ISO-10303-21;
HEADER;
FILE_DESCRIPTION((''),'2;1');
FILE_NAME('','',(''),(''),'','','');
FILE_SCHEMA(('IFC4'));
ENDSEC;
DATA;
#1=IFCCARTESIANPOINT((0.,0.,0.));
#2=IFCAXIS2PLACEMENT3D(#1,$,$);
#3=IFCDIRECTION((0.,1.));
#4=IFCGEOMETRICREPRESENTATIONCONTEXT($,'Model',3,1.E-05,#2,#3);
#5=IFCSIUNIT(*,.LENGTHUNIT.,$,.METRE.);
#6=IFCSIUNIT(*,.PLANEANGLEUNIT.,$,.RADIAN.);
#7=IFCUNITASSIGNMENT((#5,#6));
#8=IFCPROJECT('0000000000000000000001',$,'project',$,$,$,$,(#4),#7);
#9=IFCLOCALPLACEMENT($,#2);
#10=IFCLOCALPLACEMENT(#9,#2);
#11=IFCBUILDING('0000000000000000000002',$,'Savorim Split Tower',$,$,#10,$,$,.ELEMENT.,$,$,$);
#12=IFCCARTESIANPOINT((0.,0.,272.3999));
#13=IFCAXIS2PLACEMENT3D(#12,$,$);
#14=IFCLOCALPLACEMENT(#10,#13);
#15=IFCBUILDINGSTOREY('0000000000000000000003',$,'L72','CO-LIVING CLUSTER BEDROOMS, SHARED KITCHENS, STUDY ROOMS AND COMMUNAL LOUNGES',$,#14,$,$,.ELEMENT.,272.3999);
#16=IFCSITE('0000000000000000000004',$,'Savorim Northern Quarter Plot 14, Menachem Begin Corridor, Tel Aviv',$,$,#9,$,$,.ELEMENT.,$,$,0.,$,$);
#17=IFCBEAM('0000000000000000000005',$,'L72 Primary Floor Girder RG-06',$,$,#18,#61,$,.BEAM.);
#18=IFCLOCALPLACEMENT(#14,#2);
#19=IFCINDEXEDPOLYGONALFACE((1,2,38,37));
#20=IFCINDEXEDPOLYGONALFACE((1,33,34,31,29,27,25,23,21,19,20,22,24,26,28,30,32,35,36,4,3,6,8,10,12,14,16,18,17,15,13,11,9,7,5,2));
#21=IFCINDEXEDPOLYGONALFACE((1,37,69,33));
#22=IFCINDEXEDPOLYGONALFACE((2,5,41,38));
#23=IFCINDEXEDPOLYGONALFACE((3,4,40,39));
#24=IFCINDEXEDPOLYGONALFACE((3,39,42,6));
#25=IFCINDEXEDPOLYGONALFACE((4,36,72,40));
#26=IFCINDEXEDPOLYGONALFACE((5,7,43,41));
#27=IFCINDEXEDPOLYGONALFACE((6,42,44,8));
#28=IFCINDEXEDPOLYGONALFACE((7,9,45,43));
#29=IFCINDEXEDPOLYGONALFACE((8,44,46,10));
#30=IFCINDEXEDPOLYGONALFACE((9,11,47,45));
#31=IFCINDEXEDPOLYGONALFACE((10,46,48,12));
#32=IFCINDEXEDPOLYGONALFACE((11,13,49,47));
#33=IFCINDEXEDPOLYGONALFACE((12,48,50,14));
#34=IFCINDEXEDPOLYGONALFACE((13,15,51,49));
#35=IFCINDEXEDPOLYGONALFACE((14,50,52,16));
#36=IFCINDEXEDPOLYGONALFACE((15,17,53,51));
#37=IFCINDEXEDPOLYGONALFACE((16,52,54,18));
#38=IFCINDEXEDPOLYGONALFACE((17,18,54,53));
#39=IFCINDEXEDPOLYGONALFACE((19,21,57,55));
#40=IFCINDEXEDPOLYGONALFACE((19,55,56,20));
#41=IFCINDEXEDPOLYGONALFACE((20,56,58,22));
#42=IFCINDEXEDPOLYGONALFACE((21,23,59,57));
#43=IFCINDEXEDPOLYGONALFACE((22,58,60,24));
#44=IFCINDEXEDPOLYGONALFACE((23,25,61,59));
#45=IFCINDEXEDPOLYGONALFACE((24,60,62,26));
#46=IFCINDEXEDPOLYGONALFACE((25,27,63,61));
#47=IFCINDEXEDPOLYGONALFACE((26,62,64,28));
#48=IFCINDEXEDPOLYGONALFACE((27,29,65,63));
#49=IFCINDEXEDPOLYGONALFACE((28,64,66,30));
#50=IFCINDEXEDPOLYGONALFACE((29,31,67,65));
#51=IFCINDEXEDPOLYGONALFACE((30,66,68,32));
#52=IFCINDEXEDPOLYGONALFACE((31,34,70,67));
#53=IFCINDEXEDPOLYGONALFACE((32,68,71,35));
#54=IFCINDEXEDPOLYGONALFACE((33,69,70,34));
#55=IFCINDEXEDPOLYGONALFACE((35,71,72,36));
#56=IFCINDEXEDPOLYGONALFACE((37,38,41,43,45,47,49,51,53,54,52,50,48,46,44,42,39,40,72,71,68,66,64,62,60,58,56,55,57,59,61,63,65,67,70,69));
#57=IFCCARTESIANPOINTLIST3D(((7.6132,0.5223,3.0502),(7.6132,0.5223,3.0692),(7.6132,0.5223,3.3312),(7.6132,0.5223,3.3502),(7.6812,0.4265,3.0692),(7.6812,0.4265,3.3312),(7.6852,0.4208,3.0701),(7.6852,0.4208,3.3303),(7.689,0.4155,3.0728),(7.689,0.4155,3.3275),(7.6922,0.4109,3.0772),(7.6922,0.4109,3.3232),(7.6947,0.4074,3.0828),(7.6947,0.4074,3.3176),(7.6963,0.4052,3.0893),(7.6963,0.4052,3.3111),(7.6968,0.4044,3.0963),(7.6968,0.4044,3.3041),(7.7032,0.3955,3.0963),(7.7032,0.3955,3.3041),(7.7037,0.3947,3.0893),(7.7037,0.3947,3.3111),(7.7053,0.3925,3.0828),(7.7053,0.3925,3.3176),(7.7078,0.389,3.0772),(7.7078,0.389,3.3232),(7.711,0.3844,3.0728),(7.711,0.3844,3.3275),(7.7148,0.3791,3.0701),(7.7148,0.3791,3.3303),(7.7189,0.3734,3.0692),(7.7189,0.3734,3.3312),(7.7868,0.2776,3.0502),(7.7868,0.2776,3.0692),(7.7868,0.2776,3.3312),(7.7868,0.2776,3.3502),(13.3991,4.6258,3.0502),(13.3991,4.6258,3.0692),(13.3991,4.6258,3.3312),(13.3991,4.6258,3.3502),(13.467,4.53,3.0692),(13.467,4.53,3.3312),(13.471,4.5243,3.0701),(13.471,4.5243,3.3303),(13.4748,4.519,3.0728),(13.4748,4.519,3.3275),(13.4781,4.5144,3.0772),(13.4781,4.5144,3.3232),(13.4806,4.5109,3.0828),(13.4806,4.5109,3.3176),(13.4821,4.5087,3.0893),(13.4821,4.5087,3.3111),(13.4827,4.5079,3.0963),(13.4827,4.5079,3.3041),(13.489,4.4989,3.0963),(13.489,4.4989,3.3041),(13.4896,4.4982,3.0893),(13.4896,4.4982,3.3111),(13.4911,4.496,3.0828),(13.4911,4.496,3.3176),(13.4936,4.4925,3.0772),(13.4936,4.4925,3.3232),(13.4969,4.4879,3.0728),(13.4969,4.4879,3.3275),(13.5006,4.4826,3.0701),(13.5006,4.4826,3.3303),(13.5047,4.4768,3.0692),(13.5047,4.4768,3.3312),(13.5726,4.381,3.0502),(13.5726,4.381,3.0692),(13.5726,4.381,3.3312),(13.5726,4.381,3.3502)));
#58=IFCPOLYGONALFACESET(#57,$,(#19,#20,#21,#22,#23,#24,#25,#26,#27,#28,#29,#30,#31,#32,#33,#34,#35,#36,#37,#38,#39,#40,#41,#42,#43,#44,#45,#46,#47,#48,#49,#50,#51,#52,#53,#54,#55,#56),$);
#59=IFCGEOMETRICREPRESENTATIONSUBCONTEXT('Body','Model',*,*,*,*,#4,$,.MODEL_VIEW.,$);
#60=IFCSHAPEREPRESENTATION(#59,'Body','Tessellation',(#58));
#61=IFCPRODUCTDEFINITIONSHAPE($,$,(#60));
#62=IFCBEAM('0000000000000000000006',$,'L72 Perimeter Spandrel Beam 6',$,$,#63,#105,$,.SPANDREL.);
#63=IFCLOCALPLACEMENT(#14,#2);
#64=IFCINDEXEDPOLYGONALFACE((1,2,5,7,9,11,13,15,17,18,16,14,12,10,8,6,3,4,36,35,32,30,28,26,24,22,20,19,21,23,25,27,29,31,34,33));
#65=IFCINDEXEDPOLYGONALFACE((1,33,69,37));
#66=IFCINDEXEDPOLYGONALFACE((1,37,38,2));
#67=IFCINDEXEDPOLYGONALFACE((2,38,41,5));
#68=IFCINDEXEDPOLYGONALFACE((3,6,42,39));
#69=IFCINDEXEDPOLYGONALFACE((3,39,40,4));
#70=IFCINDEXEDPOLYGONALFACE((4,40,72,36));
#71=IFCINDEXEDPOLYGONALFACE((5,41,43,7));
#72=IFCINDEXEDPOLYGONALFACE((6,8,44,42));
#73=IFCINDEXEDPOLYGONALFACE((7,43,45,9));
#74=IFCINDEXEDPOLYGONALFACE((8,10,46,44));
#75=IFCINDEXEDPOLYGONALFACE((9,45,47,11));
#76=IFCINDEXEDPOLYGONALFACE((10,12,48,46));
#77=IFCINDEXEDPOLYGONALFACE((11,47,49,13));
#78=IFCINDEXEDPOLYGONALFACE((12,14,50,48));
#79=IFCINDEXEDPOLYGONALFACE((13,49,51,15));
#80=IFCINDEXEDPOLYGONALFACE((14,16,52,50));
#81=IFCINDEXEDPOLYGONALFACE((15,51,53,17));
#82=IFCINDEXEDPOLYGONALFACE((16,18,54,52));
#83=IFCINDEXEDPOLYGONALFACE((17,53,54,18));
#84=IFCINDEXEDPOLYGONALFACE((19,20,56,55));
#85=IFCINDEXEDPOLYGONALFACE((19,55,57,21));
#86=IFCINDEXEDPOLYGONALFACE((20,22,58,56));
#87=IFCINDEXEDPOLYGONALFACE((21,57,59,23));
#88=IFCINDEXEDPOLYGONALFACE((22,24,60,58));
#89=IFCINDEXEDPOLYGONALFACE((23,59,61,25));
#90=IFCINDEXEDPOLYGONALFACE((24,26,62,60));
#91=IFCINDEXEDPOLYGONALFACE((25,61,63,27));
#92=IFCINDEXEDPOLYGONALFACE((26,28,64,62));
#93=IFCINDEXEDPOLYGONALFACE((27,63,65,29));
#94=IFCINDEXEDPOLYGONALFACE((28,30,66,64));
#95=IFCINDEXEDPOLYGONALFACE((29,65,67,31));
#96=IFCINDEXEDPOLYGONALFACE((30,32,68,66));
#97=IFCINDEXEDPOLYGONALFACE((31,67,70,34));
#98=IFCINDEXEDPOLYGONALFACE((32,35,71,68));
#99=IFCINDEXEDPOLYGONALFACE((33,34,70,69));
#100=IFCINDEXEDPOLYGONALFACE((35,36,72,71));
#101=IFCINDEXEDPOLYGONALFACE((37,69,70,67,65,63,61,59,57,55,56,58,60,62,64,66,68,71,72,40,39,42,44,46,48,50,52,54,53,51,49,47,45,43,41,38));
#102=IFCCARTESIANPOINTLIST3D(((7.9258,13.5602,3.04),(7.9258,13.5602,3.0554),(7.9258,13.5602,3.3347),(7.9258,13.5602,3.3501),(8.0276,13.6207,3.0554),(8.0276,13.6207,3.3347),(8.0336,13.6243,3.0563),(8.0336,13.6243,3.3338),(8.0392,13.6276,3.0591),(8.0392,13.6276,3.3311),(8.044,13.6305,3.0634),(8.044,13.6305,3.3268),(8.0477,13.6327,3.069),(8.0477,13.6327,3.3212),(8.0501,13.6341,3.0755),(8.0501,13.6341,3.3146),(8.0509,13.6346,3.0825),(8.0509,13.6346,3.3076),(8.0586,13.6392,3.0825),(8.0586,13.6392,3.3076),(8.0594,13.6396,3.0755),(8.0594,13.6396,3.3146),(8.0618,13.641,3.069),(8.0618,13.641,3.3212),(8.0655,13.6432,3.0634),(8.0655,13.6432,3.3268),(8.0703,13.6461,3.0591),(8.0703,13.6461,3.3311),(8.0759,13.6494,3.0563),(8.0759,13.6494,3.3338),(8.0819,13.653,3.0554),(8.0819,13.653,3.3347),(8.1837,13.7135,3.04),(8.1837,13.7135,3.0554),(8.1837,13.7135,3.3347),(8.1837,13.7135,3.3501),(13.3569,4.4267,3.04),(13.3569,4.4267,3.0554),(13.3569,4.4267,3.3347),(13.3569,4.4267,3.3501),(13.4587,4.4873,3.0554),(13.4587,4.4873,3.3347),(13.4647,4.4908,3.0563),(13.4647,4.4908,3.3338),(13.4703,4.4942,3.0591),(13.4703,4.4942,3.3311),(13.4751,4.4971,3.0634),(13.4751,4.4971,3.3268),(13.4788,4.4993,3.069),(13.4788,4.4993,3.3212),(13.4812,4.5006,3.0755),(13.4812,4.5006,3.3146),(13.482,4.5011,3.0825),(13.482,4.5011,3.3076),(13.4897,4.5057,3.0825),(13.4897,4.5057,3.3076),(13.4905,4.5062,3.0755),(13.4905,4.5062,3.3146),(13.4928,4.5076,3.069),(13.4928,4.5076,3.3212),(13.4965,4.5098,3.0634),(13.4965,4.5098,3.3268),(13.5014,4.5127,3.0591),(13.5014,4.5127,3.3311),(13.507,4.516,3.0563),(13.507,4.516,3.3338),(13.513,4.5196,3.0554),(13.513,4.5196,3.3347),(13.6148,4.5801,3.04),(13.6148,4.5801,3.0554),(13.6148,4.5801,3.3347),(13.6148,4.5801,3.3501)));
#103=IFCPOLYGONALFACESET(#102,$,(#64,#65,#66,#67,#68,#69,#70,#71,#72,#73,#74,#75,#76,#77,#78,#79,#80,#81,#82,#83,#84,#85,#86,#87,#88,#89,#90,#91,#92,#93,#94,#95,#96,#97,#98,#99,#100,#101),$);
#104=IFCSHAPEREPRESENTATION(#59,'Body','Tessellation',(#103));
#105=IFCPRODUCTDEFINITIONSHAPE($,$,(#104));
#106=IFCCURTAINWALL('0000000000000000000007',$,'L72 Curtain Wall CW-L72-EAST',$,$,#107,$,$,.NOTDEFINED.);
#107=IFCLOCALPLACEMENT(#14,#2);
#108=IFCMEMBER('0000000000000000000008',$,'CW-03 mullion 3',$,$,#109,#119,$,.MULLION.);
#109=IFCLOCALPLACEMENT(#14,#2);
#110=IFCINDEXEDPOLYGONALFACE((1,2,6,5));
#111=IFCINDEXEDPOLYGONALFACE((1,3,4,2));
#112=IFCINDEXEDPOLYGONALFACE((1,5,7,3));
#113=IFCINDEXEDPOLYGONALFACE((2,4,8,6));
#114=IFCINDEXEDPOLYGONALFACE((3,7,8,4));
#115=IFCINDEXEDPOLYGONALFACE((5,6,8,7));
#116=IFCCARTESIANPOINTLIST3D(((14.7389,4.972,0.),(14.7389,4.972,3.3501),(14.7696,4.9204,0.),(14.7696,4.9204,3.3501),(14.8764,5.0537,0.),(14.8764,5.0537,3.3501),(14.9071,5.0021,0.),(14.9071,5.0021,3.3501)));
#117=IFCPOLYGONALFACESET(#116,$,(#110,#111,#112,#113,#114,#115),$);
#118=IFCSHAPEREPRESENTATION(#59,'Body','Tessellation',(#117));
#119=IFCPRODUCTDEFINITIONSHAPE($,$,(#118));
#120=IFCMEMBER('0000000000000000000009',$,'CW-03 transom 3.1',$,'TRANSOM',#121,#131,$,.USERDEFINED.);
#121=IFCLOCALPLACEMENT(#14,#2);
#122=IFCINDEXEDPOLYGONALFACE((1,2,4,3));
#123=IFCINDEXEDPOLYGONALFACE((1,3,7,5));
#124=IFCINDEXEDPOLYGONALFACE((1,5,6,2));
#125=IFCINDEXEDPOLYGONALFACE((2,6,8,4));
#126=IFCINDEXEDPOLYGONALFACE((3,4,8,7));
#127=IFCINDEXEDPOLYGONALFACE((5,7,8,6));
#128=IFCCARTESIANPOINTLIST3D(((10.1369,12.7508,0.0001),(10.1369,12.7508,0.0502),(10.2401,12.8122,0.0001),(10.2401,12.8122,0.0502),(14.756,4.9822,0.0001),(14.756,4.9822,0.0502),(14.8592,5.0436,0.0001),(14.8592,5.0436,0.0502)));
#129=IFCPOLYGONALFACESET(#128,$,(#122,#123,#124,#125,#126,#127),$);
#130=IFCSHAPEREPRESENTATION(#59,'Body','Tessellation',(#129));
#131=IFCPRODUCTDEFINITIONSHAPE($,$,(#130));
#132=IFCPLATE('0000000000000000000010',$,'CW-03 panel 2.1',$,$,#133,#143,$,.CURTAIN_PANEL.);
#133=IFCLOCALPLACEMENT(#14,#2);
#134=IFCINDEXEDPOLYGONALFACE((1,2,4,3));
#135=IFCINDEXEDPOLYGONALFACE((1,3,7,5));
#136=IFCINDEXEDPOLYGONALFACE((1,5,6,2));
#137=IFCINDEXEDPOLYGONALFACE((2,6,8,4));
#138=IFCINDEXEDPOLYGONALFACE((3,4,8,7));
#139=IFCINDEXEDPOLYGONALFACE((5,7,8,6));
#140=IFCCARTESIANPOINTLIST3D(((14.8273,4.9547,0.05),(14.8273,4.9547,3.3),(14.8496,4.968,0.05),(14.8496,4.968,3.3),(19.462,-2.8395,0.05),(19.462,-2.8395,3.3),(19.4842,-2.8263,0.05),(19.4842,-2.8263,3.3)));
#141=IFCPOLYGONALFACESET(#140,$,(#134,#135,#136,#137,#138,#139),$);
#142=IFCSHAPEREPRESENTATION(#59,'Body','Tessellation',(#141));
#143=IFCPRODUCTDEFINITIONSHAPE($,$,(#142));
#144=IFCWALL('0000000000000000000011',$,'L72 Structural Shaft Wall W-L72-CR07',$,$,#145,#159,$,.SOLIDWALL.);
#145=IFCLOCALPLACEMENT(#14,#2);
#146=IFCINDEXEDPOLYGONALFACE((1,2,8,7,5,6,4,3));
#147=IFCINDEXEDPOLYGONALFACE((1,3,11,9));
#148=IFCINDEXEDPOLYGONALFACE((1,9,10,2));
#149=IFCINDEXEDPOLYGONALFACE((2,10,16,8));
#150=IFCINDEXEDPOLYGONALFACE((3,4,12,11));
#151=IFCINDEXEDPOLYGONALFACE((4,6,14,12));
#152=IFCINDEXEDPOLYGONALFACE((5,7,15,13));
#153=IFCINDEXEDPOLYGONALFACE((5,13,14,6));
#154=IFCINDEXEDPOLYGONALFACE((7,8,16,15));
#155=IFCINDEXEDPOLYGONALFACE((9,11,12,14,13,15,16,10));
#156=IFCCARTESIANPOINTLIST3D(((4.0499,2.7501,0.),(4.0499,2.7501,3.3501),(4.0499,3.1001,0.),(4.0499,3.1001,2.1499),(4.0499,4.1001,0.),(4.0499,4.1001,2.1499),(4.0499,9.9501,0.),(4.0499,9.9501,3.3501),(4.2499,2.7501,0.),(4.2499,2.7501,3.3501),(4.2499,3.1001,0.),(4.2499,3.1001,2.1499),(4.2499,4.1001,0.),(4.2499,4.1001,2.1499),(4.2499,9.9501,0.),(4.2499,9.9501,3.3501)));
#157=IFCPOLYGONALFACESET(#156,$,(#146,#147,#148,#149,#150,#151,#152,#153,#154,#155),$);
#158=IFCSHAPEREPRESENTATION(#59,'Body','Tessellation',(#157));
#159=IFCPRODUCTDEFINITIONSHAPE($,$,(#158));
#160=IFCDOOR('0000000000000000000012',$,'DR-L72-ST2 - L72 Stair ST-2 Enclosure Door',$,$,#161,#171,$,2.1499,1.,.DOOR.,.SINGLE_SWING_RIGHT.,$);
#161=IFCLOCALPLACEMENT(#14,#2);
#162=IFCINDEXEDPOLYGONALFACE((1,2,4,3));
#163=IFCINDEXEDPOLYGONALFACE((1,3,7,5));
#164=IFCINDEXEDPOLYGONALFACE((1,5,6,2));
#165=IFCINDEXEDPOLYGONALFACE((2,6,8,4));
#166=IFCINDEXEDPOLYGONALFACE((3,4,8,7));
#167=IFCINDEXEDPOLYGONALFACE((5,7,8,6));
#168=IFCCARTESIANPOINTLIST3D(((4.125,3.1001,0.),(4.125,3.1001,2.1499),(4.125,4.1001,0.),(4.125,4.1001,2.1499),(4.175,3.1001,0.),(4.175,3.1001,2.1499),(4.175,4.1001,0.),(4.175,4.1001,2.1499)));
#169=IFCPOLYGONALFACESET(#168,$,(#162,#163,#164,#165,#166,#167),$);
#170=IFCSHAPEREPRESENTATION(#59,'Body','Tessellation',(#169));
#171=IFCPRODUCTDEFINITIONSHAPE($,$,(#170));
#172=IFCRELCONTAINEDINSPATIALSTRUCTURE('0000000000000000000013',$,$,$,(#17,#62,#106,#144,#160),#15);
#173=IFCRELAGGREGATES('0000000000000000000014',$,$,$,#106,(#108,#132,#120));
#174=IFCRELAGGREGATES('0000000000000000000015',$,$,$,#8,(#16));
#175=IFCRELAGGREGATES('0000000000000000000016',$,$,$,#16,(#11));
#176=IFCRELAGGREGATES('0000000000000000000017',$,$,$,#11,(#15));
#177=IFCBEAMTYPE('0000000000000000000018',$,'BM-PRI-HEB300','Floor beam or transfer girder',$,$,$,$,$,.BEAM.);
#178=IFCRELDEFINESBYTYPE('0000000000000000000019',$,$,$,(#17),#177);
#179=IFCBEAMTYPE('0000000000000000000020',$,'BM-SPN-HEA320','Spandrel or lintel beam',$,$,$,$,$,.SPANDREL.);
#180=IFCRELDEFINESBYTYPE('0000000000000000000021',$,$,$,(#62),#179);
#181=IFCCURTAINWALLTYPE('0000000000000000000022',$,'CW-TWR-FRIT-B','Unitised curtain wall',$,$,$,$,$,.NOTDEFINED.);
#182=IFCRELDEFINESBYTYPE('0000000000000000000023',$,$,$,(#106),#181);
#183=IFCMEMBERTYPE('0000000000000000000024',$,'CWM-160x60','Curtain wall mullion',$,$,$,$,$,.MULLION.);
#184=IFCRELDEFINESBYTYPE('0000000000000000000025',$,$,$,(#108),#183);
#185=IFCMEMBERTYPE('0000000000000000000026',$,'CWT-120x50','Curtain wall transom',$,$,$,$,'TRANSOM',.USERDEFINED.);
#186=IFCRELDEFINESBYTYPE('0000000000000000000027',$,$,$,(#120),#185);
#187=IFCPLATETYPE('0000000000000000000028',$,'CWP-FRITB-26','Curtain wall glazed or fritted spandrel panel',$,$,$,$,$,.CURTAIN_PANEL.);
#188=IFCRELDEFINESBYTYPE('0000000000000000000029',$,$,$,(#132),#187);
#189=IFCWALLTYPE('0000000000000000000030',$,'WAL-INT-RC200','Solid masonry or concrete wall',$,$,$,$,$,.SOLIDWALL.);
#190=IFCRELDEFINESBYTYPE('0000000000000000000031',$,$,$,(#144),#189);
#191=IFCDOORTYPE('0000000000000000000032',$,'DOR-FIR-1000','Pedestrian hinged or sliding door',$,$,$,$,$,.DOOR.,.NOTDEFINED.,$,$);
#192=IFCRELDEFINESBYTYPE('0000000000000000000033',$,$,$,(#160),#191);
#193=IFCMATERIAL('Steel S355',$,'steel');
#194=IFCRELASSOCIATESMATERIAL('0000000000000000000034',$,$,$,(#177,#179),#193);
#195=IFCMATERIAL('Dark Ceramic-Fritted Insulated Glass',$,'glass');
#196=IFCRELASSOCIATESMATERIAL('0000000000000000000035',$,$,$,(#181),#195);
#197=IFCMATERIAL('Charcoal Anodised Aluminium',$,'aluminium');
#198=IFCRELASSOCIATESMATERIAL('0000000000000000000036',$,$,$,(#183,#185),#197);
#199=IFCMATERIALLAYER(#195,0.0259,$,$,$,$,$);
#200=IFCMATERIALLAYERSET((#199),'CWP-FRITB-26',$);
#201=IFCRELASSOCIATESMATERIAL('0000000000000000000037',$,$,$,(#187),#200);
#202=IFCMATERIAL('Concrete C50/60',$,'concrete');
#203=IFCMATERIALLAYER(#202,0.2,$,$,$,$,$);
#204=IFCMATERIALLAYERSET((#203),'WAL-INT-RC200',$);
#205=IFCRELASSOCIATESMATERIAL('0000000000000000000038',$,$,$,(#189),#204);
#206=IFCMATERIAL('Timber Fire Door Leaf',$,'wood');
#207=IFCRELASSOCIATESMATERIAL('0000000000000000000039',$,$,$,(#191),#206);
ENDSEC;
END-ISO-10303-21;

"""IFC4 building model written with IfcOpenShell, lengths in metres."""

from ifc_helpers import new_model, si_unit, direction, frame, frame_2d, origin, origin_2d, place, context, subcontext, project, spatial, rectangle, i_section, extrude, material, layer, layer_set, material_profile, profile_set, type_object, element, fill, aggregate, save


model = new_model("IFC4")

# Units and contexts
model_context = context("Model", 3, precision=1e-05, world=origin(), true_north=direction((0.0, 1.0)))
body_context = subcontext(model_context, "Body", "Model", "MODEL_VIEW")
ifc_project = project(units=[si_unit("LENGTHUNIT", "METRE"), si_unit("PLANEANGLEUNIT", "RADIAN")], contexts=[model_context])

# Site, building, storey
site_placement = place(None, origin())
site = spatial("IfcSite", under=ifc_project, at=site_placement, Name="Savorim Northern Quarter Plot 14, Menachem Begin Corridor, Tel Aviv", CompositionType="ELEMENT", RefElevation=0.0)
building_placement = place(site_placement, origin())
building = spatial("IfcBuilding", under=site, at=building_placement, Name="Savorim Split Tower", CompositionType="ELEMENT")
storey_placement = place(building_placement, frame((0.0, 0.0, 272.3999)))
storey = spatial("IfcBuildingStorey", under=building, at=storey_placement, Name="L72", Description="CO-LIVING CLUSTER BEDROOMS, SHARED KITCHENS, STUDY ROOMS AND COMMUNAL LOUNGES", CompositionType="ELEMENT", Elevation=272.3999)

# Shared definitions
ifc_material_1 = material(Name="Steel S355", Category="steel")

# Beams
ifc_material_profile_1 = material_profile(ifc_material_1, i_section(OverallWidth=0.3, OverallDepth=0.3, WebThickness=0.011, FlangeThickness=0.019, FilletRadius=0.0271, at=origin_2d()), Name="HEB 300")
ifc_profile_set_1 = profile_set([ifc_material_profile_1], Name="Steel S355")
beam_type_1 = type_object("IfcBeamType", Name="BM-PRI-HEB300", Description="Floor beam or transfer girder", PredefinedType="BEAM", material=ifc_profile_set_1)
beam_1_placement = place(storey_placement, frame((13.4858, 4.5034, 3.2002), z_axis=(-0.81568, -0.578503, 0.0), x_axis=(0.578503, -0.81568, 0.0)))
element("IfcBeam", 1, at=beam_1_placement, inside=storey, type_object=beam_type_1, Name="L72 Primary Floor Girder RG-06", PredefinedType="BEAM", context=body_context, shape_type="SweptSolid", body=[
    extrude(i_section(OverallWidth=0.3, OverallDepth=0.3, WebThickness=0.011, FlangeThickness=0.019, FilletRadius=0.0271, at=origin_2d()), origin(), (0.0, 0.0, 1.0), 7.0933),
])
ifc_material_profile_2 = material_profile(ifc_material_1, i_section(OverallWidth=0.3, OverallDepth=0.3101, WebThickness=0.009, FlangeThickness=0.0154, FilletRadius=0.0271, at=origin_2d()), Name="HEA 320")
ifc_profile_set_2 = profile_set([ifc_material_profile_2], Name="Steel S355")
beam_type_2 = type_object("IfcBeamType", Name="BM-SPN-HEA320", Description="Spandrel or lintel beam", PredefinedType="SPANDREL", material=ifc_profile_set_2)
beam_2_placement = place(storey_placement, frame((13.4858, 4.5034, 3.1951), z_axis=(-0.511103, 0.85952, 0.0), x_axis=(-0.85952, -0.511103, 0.0)))
element("IfcBeam", 2, at=beam_2_placement, inside=storey, type_object=beam_type_2, Name="L72 Perimeter Spandrel Beam 6", PredefinedType="SPANDREL", context=body_context, shape_type="SweptSolid", body=[
    extrude(i_section(OverallWidth=0.3, OverallDepth=0.3101, WebThickness=0.009, FlangeThickness=0.0154, FilletRadius=0.0271, at=origin_2d()), origin(), (0.0, 0.0, 1.0), 10.6262),
])

# Curtain wall, members, plate
ifc_material_2 = material(Name="Dark Ceramic-Fritted Insulated Glass", Category="glass")
curtain_wall_type = type_object("IfcCurtainWallType", Name="CW-TWR-FRIT-B", Description="Unitised curtain wall", PredefinedType="NOTDEFINED", material=ifc_material_2)
curtain_wall_placement = place(storey_placement, origin())
curtain_wall = element("IfcCurtainWall", 3, at=curtain_wall_placement, inside=storey, type_object=curtain_wall_type, Name="L72 Curtain Wall CW-L72-EAST", PredefinedType="NOTDEFINED")
ifc_material_3 = material(Name="Charcoal Anodised Aluminium", Category="aluminium")
ifc_material_profile_3 = material_profile(ifc_material_3, rectangle(XDim=0.1599, YDim=0.0601, at=origin_2d()), Name="ALU-M 160x60")
ifc_profile_set_3 = profile_set([ifc_material_profile_3], Name="Charcoal Anodised Aluminium")
member_type_1 = type_object("IfcMemberType", Name="CWM-160x60", Description="Curtain wall mullion", PredefinedType="MULLION", material=ifc_profile_set_3)
member_1_placement = place(storey_placement, frame((14.823, 4.9871, 0.0), z_axis=(0.0, 0.0, 1.0), x_axis=(-0.859527, -0.51109, 0.0)))
member_1 = element("IfcMember", 4, at=member_1_placement, type_object=member_type_1, Name="CW-03 mullion 3", PredefinedType="MULLION", context=body_context, shape_type="SweptSolid", body=[
    extrude(rectangle(XDim=0.1599, YDim=0.0601, at=origin_2d()), origin(), (0.0, 0.0, 1.0), 3.3501),
])
ifc_material_profile_4 = material_profile(ifc_material_3, rectangle(XDim=0.1201, YDim=0.05, at=origin_2d()), Name="ALU-T 120x50")
ifc_profile_set_4 = profile_set([ifc_material_profile_4], Name="Charcoal Anodised Aluminium")
member_type_2 = type_object("IfcMemberType", Name="CWT-120x50", Description="Curtain wall transom", ElementType="TRANSOM", PredefinedType="USERDEFINED", material=ifc_profile_set_4)
member_2_placement = place(storey_placement, frame((14.8076, 5.0129, 0.0251), z_axis=(-0.511075, 0.859536, 0.0), x_axis=(-0.859536, -0.511075, 0.0)))
member_2 = element("IfcMember", 5, at=member_2_placement, type_object=member_type_2, Name="CW-03 transom 3.1", ObjectType="TRANSOM", PredefinedType="USERDEFINED", context=body_context, shape_type="SweptSolid", body=[
    extrude(rectangle(XDim=0.1201, YDim=0.05, at=origin_2d()), origin(), (0.0, 0.0, 1.0), 9.0381),
])
ifc_layer_1 = layer(ifc_material_2, 0.0259)
ifc_layer_set_1 = layer_set([ifc_layer_1], Name="CWP-FRITB-26")
plate_type = type_object("IfcPlateType", Name="CWP-FRITB-26", Description="Curtain wall glazed or fritted spandrel panel", PredefinedType="CURTAIN_PANEL", material=ifc_layer_set_1)
plate_placement = place(storey_placement, frame((17.1558, 1.0642, 0.05), z_axis=(0.0, 0.0, 1.0), x_axis=(-0.51109, 0.859527, 0.0)))
plate = element("IfcPlate", 6, at=plate_placement, type_object=plate_type, Name="CW-03 panel 2.1", PredefinedType="CURTAIN_PANEL", context=body_context, shape_type="SweptSolid", body=[
    extrude(rectangle(XDim=9.0681, YDim=0.0259, at=origin_2d()), origin(), (0.0, 0.0, 1.0), 3.25),
])
aggregate(curtain_wall, [member_1, plate, member_2])

# Wall, opening, door
ifc_material_4 = material(Name="Concrete C50/60", Category="concrete")
ifc_layer_2 = layer(ifc_material_4, 0.2)
ifc_layer_set_2 = layer_set([ifc_layer_2], Name="WAL-INT-RC200")
wall_type_1 = type_object("IfcWallType", Name="WAL-INT-RC200", Description="Solid masonry or concrete wall", PredefinedType="SOLIDWALL", material=ifc_layer_set_2)
wall_1_placement = place(storey_placement, frame((4.1499, 2.75, 0.0), z_axis=(0.0, 0.0, 1.0), x_axis=(0.0, 1.0, 0.0)))
wall_1 = element("IfcWall", 7, at=wall_1_placement, inside=storey, type_object=wall_type_1, Name="L72 Structural Shaft Wall W-L72-CR07", PredefinedType="SOLIDWALL", context=body_context, shape_type="SweptSolid", body=[
    extrude(rectangle(XDim=7.2, YDim=0.2, at=frame_2d((3.6001, 0.0))), origin(), (0.0, 0.0, 1.0), 3.3501),
])
opening_1_placement = place(wall_1_placement, frame((0.3501, 0.0, 0.0)))
opening_1 = element("IfcOpeningElement", 8, at=opening_1_placement, cuts=wall_1, PredefinedType="OPENING", context=body_context, shape_type="SweptSolid", body=[
    extrude(rectangle(XDim=1.0, YDim=2.1499, at=frame_2d((0.5, 1.075))), frame((0.0, 0.1099, 0.0), z_axis=(0.0, -1.0, 0.0), x_axis=(1.0, 0.0, 0.0)), (0.0, 0.0, 1.0), 0.22),
])
ifc_material_5 = material(Name="Timber Fire Door Leaf", Category="wood")
door_type_1 = type_object("IfcDoorType", Name="DOR-FIR-1000", Description="Pedestrian hinged or sliding door", OperationType="NOTDEFINED", PredefinedType="DOOR", material=ifc_material_5)
door_1_placement = place(opening_1_placement, origin())
door_1 = element("IfcDoor", 9, at=door_1_placement, inside=storey, type_object=door_type_1, Name="DR-L72-ST2 - L72 Stair ST-2 Enclosure Door", OperationType="SINGLE_SWING_RIGHT", OverallHeight=2.1499, OverallWidth=1.0, PredefinedType="DOOR", context=body_context, shape_type="SweptSolid", body=[
    extrude(rectangle(XDim=1.0, YDim=2.1499, at=frame_2d((0.5, 1.075))), frame((0.0, 0.0249, 0.0), z_axis=(0.0, -1.0, 0.0), x_axis=(1.0, 0.0, 0.0)), (0.0, 0.0, 1.0), 0.05),
])
fill(opening_1, door_1)

save(model, "model.ifc")
